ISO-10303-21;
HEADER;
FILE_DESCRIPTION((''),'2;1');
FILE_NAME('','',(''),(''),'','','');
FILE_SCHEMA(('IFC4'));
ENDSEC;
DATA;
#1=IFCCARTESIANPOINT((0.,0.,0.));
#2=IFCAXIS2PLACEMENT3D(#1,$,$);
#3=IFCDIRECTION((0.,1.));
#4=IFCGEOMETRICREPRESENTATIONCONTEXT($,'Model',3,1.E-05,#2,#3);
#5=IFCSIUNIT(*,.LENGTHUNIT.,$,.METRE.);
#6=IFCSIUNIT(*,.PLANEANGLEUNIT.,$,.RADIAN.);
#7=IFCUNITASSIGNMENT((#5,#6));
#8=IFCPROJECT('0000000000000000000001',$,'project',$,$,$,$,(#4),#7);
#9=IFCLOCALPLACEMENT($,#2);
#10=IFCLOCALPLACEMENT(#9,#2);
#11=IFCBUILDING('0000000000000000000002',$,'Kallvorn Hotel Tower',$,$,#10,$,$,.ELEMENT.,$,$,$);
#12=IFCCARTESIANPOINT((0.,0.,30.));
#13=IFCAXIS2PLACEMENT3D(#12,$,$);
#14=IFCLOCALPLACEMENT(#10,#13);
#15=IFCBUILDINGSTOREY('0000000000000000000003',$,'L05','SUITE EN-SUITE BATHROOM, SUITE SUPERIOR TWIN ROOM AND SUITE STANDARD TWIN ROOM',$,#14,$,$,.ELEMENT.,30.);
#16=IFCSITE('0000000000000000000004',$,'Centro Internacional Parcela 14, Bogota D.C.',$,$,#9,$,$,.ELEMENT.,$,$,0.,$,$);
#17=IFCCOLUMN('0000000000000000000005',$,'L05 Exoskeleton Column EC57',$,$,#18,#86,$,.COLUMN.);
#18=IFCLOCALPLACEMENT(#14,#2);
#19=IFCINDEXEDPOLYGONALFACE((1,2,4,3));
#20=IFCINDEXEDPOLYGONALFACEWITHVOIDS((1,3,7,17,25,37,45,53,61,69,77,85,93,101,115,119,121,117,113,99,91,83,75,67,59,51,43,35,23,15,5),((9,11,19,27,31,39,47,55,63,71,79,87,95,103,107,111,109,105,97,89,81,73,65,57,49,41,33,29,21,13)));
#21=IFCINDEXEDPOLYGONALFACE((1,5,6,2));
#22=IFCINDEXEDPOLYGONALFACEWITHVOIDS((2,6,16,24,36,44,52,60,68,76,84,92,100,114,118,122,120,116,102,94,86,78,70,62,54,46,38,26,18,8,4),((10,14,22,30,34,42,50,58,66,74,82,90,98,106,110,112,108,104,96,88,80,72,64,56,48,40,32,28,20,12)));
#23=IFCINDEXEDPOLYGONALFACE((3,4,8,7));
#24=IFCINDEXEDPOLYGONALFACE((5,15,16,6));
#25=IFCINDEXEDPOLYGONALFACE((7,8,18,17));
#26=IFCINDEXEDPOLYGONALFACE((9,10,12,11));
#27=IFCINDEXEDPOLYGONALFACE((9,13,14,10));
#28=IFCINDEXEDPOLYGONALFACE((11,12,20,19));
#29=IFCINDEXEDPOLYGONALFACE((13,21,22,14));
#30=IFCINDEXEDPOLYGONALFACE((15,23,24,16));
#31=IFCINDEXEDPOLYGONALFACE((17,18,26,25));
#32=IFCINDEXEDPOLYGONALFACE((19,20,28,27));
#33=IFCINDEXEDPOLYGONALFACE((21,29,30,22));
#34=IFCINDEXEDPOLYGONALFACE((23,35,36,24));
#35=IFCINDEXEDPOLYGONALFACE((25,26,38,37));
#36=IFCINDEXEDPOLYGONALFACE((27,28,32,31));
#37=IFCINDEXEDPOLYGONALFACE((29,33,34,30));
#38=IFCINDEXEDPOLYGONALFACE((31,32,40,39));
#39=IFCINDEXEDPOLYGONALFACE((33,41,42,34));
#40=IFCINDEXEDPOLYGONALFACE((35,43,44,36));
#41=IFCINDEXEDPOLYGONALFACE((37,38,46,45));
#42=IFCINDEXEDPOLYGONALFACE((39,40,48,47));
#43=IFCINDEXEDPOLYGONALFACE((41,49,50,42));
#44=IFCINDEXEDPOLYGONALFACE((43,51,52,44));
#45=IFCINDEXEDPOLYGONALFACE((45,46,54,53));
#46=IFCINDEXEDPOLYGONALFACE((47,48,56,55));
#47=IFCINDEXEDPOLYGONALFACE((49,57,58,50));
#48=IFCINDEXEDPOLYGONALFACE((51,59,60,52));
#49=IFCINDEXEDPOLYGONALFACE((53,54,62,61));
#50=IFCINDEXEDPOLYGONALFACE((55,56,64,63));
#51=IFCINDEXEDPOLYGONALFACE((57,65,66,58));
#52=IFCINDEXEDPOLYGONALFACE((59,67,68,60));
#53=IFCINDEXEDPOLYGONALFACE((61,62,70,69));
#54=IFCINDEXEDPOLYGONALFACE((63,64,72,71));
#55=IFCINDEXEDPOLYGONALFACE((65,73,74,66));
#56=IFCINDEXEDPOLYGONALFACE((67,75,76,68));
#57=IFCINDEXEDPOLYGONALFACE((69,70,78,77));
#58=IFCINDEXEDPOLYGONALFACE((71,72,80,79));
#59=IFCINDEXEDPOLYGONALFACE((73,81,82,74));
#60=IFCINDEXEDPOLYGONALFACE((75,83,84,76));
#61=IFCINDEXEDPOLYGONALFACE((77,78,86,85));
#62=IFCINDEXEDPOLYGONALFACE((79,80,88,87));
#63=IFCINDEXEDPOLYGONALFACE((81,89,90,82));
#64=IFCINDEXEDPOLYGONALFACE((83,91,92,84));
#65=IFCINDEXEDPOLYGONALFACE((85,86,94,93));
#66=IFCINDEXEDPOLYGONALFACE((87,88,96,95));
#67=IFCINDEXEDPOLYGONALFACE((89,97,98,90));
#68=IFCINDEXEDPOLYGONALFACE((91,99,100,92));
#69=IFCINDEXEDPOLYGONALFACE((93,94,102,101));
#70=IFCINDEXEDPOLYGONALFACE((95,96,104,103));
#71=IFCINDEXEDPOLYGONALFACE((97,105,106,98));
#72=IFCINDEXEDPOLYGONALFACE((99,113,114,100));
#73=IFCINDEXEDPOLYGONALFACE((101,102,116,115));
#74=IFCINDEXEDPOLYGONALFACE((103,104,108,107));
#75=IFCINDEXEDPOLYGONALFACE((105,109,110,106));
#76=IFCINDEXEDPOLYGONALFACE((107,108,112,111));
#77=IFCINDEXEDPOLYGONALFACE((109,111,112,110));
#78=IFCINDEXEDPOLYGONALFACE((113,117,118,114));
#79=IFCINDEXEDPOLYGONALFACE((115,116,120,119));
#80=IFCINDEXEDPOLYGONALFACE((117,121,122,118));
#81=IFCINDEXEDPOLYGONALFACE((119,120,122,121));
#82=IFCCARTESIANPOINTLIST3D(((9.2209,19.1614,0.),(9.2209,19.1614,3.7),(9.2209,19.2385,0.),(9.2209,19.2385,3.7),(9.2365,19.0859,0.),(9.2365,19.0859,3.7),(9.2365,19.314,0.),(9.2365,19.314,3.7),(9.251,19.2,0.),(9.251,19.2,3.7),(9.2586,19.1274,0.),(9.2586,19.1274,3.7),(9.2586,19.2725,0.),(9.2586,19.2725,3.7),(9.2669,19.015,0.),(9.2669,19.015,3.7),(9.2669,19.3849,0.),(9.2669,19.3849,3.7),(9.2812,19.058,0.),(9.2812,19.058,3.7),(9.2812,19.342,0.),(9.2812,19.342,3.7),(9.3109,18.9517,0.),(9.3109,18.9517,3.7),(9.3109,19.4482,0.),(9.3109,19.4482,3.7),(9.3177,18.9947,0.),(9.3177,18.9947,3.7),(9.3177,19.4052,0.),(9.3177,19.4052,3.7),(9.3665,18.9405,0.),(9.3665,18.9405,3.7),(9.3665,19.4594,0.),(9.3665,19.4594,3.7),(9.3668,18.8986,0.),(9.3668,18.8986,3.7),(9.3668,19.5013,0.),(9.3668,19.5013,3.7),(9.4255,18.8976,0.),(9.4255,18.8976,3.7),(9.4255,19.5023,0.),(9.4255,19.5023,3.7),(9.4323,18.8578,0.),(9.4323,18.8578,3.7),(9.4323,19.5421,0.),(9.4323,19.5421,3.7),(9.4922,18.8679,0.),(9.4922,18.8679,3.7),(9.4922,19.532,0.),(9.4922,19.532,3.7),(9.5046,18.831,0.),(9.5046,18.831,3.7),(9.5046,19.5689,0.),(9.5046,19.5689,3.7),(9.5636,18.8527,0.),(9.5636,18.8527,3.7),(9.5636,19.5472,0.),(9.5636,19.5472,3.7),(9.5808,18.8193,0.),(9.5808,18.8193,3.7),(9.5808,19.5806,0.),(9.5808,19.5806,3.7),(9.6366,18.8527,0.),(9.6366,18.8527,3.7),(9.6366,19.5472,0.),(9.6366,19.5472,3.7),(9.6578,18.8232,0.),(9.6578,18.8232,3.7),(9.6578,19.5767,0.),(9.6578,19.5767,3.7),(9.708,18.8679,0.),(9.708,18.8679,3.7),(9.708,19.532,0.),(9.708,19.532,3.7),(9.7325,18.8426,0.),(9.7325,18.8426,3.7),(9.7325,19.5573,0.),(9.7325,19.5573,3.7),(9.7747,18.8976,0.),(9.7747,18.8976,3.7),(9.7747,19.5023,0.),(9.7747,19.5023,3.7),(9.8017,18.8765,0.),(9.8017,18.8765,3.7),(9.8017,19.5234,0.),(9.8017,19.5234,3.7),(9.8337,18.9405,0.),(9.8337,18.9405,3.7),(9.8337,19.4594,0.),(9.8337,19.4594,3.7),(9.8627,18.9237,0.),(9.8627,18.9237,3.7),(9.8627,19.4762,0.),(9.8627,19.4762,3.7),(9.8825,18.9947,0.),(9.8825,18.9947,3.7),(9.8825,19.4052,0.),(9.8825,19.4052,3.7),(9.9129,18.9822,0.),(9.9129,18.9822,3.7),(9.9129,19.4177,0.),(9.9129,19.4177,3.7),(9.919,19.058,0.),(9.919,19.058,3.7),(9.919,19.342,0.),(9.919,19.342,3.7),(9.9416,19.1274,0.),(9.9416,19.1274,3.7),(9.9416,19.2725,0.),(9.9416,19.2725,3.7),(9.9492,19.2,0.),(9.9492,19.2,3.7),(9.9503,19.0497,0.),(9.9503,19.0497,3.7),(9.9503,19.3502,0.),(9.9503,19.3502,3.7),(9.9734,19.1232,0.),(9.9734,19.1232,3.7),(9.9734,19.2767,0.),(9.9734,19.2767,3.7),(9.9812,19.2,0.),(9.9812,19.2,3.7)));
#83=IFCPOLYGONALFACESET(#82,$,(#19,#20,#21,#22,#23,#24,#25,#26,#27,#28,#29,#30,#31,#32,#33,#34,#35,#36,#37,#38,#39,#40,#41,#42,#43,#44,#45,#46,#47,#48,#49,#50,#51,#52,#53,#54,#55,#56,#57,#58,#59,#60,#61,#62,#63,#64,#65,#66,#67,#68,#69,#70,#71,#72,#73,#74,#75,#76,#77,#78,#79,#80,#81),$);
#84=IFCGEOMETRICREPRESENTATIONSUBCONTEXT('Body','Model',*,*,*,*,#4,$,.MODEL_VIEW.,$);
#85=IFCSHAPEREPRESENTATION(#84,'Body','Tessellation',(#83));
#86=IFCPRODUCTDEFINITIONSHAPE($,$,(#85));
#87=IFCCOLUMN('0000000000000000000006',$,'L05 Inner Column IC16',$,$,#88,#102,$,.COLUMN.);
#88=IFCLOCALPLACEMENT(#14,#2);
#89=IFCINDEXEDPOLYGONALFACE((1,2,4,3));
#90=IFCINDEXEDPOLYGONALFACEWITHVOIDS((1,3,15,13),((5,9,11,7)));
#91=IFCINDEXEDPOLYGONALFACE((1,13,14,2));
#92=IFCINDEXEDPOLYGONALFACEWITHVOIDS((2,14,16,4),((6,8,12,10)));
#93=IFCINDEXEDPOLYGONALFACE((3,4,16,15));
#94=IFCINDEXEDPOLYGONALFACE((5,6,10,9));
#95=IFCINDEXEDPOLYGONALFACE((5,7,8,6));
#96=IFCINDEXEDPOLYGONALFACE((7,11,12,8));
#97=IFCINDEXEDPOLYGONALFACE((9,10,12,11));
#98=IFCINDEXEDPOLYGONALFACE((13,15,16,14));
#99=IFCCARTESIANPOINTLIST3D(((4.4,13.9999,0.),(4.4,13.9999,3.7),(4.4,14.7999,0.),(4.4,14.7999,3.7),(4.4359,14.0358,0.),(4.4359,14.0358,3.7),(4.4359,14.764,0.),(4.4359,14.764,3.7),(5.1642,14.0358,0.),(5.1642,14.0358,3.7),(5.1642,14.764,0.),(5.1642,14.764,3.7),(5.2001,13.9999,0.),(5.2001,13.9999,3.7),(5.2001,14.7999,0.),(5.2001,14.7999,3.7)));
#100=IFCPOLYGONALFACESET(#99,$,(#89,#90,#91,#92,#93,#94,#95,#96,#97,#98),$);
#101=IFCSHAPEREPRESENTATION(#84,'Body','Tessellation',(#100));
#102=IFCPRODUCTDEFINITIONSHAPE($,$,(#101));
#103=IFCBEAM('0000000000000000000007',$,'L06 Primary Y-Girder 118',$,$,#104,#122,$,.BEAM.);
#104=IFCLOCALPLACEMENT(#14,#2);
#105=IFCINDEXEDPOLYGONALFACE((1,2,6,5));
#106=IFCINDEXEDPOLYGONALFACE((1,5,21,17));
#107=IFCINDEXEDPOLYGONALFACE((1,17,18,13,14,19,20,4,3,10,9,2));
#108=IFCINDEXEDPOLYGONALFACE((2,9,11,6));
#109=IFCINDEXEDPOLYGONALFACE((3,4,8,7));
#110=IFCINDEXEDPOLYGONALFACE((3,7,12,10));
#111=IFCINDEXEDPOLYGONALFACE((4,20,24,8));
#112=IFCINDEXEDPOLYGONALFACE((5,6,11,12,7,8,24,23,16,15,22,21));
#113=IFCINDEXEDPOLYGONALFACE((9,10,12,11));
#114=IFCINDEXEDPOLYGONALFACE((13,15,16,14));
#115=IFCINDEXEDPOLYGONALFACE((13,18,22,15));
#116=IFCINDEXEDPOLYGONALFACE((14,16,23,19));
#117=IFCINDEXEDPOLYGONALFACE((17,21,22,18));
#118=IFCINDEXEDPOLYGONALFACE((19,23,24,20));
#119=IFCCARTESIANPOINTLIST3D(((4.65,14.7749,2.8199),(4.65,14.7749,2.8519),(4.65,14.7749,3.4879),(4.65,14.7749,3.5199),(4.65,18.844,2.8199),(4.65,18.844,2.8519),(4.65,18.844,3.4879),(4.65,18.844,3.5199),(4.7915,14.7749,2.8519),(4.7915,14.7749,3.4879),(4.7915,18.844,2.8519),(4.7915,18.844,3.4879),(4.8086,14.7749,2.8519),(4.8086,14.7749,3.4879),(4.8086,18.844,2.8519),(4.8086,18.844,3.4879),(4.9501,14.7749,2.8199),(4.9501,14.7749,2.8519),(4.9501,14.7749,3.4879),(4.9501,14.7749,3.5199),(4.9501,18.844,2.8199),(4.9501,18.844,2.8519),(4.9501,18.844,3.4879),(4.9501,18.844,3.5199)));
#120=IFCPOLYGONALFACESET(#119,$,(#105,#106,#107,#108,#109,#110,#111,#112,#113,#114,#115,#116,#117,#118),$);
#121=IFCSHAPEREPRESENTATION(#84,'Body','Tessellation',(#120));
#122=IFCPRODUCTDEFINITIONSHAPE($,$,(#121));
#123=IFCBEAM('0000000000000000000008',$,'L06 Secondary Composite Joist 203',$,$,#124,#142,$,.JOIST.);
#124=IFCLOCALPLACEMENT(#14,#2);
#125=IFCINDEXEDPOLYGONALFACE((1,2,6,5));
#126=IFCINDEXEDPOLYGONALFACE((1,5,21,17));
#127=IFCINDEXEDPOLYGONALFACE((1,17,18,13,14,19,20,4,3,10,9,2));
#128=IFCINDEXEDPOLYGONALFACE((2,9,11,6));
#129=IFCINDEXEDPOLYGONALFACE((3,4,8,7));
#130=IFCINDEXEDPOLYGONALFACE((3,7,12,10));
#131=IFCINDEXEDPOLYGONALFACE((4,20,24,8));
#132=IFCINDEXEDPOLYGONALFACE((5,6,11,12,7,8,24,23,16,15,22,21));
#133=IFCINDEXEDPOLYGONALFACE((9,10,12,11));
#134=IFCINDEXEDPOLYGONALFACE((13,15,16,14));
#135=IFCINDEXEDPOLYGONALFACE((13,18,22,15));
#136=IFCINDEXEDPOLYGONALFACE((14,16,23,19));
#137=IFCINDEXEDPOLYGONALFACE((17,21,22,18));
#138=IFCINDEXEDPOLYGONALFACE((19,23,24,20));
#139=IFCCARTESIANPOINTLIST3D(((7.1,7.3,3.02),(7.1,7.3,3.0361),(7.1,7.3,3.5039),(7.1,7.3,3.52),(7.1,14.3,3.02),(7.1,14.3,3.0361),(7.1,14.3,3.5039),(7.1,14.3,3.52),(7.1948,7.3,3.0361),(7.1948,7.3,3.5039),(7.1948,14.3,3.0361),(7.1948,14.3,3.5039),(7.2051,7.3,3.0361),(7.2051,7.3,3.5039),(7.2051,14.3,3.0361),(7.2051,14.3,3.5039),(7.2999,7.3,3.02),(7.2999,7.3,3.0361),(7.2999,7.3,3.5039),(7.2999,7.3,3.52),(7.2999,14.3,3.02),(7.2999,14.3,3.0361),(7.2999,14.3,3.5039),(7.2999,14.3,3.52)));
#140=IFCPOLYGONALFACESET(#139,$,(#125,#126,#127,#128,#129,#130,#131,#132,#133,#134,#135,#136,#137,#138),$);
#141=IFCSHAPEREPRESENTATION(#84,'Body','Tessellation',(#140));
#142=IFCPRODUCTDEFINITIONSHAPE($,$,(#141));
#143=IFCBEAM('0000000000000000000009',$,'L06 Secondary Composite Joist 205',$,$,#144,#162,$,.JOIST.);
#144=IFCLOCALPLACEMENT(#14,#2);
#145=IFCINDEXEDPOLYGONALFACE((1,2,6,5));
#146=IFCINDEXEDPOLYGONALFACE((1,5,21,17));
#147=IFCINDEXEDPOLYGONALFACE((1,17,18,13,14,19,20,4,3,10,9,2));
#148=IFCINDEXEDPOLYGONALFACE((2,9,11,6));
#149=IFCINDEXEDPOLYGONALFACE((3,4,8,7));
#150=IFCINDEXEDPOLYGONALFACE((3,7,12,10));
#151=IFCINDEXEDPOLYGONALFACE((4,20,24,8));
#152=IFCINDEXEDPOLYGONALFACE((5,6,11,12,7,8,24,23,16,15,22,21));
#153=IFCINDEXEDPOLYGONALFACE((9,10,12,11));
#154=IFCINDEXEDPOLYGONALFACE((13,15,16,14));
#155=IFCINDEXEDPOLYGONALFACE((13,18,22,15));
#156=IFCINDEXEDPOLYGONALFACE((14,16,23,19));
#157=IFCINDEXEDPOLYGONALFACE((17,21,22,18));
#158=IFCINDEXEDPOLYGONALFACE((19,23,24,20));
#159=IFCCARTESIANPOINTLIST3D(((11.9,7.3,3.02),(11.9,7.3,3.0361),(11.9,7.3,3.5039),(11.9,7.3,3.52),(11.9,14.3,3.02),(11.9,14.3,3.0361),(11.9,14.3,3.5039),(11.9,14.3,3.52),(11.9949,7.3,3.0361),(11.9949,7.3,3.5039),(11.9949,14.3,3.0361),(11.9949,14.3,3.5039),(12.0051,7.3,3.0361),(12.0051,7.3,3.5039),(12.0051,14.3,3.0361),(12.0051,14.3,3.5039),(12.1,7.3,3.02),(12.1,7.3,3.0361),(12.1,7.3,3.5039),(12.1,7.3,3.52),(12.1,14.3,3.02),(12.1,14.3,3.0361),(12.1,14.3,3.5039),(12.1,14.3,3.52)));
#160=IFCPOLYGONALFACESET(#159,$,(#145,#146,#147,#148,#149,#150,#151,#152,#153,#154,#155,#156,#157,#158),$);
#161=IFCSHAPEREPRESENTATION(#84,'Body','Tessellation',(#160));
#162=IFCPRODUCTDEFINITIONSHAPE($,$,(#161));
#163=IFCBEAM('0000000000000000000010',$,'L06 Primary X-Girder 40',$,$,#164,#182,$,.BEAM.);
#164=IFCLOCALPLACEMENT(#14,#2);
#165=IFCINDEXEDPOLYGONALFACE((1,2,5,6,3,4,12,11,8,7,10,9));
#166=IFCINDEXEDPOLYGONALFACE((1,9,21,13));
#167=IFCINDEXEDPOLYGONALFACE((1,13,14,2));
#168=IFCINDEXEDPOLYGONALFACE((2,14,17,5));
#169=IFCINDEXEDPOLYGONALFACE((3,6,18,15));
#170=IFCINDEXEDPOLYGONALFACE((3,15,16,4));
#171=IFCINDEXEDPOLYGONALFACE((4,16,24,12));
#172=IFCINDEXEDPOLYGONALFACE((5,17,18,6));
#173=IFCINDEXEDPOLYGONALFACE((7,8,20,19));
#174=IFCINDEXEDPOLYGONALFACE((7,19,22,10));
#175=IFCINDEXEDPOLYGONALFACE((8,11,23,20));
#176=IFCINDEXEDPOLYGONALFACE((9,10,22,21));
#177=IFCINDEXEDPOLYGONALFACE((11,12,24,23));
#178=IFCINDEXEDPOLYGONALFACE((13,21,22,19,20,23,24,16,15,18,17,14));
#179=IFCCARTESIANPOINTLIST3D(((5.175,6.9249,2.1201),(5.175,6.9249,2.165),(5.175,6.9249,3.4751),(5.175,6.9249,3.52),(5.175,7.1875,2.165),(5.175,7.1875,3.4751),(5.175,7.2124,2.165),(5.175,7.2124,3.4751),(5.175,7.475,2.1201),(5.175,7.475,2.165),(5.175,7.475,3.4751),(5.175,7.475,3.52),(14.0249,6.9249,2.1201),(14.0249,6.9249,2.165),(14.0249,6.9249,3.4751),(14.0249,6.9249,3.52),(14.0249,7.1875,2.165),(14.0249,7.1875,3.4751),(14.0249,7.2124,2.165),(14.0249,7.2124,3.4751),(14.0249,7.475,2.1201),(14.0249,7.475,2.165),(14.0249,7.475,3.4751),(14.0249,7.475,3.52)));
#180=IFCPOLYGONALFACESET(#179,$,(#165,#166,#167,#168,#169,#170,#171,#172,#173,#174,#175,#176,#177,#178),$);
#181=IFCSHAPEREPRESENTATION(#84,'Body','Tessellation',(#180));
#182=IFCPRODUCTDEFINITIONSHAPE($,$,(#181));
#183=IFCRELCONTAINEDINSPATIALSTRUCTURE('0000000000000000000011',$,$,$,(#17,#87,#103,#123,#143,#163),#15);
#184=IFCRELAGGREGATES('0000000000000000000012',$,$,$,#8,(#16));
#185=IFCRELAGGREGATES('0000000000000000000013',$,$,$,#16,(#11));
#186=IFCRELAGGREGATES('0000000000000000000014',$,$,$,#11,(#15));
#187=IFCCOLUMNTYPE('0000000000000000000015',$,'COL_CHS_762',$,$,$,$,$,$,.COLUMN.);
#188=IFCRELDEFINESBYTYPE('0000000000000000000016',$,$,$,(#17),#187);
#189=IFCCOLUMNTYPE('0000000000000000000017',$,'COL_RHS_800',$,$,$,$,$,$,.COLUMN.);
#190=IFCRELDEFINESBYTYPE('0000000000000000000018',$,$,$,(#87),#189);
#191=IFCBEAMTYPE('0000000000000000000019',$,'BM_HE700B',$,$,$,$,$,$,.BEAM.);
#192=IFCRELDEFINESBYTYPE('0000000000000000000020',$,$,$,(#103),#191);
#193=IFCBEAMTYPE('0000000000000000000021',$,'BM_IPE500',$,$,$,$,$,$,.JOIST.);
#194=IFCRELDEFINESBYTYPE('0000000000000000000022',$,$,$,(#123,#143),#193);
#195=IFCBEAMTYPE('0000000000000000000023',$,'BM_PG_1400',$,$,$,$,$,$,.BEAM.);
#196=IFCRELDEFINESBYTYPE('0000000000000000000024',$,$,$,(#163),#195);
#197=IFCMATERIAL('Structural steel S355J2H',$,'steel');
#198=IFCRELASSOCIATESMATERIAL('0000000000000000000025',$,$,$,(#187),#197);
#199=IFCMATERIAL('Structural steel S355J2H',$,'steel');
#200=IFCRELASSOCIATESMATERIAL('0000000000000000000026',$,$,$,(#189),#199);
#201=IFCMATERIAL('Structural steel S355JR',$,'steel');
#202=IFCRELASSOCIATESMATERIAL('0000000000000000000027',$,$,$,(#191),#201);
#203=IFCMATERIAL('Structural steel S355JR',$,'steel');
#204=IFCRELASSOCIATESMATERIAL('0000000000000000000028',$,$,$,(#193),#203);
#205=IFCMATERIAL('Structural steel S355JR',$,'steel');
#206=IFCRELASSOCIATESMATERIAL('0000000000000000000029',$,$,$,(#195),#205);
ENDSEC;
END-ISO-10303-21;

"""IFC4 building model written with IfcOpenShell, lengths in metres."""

from ifc_helpers import new_model, si_unit, direction, frame, origin, origin_2d, place, context, subcontext, project, spatial, hollow_rectangle, hollow_circle, i_section, extrude, material, material_profile, profile_set, type_object, element, save


model = new_model("IFC4")

# Units and contexts
model_context = context("Model", 3, precision=1e-05, world=origin(), true_north=direction((0.0, 1.0)))
body_context = subcontext(model_context, "Body", "Model", "MODEL_VIEW")
ifc_project = project(units=[si_unit("LENGTHUNIT", "METRE"), si_unit("PLANEANGLEUNIT", "RADIAN")], contexts=[model_context])

# Site, building, storey
site_placement = place(None, origin())
site = spatial("IfcSite", under=ifc_project, at=site_placement, Name="Centro Internacional Parcela 14, Bogota D.C.", CompositionType="ELEMENT", RefElevation=0.0)
building_placement = place(site_placement, origin())
building = spatial("IfcBuilding", under=site, at=building_placement, Name="Kallvorn Hotel Tower", CompositionType="ELEMENT")
storey_placement = place(building_placement, frame((0.0, 0.0, 30.0)))
storey = spatial("IfcBuildingStorey", under=building, at=storey_placement, Name="L05", Description="SUITE EN-SUITE BATHROOM, SUITE SUPERIOR TWIN ROOM AND SUITE STANDARD TWIN ROOM", CompositionType="ELEMENT", Elevation=30.0)

# Columns
ifc_material_1 = material(Name="Structural steel S355J2H", Category="steel")
ifc_material_profile_1 = material_profile(ifc_material_1, hollow_circle(Radius=0.3811, WallThickness=0.032, at=origin_2d()), Name="CHS 762x32")
ifc_profile_set_1 = profile_set([ifc_material_profile_1], Name="Structural steel S355J2H")
column_type_1 = type_object("IfcColumnType", Name="COL_CHS_762", PredefinedType="COLUMN", material=ifc_profile_set_1)
for number, where, z_axis, x_axis, name in (
    (1, (9.6001, 19.2, 0.0), (0.0, 0.0, 1.0), (1.0, 0.0, 0.0), "L05 Exoskeleton Column EC57"),
):
    element("IfcColumn", number, at=place(storey_placement, frame(where, z_axis=z_axis, x_axis=x_axis)), inside=storey, type_object=column_type_1, Name=name, PredefinedType="COLUMN", context=body_context, shape_type="SweptSolid", body=[
        extrude(hollow_circle(Radius=0.3811, WallThickness=0.032, at=origin_2d()), origin(), (0.0, 0.0, 1.0), 3.7),
    ])
ifc_material_2 = material(Name="Structural steel S355J2H", Category="steel")
ifc_material_profile_2 = material_profile(ifc_material_2, hollow_rectangle(XDim=0.8, YDim=0.8, WallThickness=0.0359, at=origin_2d()), Name="RHS 800x800x36")
ifc_profile_set_2 = profile_set([ifc_material_profile_2], Name="Structural steel S355J2H")
column_type_2 = type_object("IfcColumnType", Name="COL_RHS_800", PredefinedType="COLUMN", material=ifc_profile_set_2)
column_placement = place(storey_placement, frame((4.8, 14.3999, 0.0), z_axis=(0.0, 0.0, 1.0), x_axis=(1.0, 0.0, 0.0)))
element("IfcColumn", 2, at=column_placement, inside=storey, type_object=column_type_2, Name="L05 Inner Column IC16", PredefinedType="COLUMN", context=body_context, shape_type="SweptSolid", body=[
    extrude(hollow_rectangle(XDim=0.8, YDim=0.8, WallThickness=0.0359, at=origin_2d()), origin(), (0.0, 0.0, 1.0), 3.7),
])

# Beams
ifc_material_3 = material(Name="Structural steel S355JR", Category="steel")
ifc_material_profile_3 = material_profile(ifc_material_3, i_section(OverallWidth=0.3, OverallDepth=0.7, WebThickness=0.0171, FlangeThickness=0.032, at=origin_2d()), Name="HE 700 B")
ifc_profile_set_3 = profile_set([ifc_material_profile_3], Name="Structural steel S355JR")
beam_type_1 = type_object("IfcBeamType", Name="BM_HE700B", PredefinedType="BEAM", material=ifc_profile_set_3)
beam_1_placement = place(storey_placement, frame((4.8, 14.7749, 3.1699), z_axis=(0.0, 1.0, 0.0), x_axis=(-1.0, 0.0, 0.0)))
element("IfcBeam", 3, at=beam_1_placement, inside=storey, type_object=beam_type_1, Name="L06 Primary Y-Girder 118", PredefinedType="BEAM", context=body_context, shape_type="SweptSolid", body=[
    extrude(i_section(OverallWidth=0.3, OverallDepth=0.7, WebThickness=0.0171, FlangeThickness=0.032, at=origin_2d()), origin(), (0.0, 0.0, 1.0), 4.0691),
])
ifc_material_4 = material(Name="Structural steel S355JR", Category="steel")
ifc_material_profile_4 = material_profile(ifc_material_4, i_section(OverallWidth=0.2, OverallDepth=0.5, WebThickness=0.0103, FlangeThickness=0.0161, at=origin_2d()), Name="IPE 500")
ifc_profile_set_4 = profile_set([ifc_material_profile_4], Name="Structural steel S355JR")
beam_type_2 = type_object("IfcBeamType", Name="BM_IPE500", PredefinedType="JOIST", material=ifc_profile_set_4)
for number, where, z_axis, x_axis, name in (
    (4, (7.2, 7.3, 3.27), (0.0, 1.0, 0.0), (-1.0, 0.0, 0.0), "L06 Secondary Composite Joist 203"),
    (5, (12.0, 7.3, 3.27), (0.0, 1.0, 0.0), (-1.0, 0.0, 0.0), "L06 Secondary Composite Joist 205"),
):
    element("IfcBeam", number, at=place(storey_placement, frame(where, z_axis=z_axis, x_axis=x_axis)), inside=storey, type_object=beam_type_2, Name=name, PredefinedType="JOIST", context=body_context, shape_type="SweptSolid", body=[
        extrude(i_section(OverallWidth=0.2, OverallDepth=0.5, WebThickness=0.0103, FlangeThickness=0.0161, at=origin_2d()), origin(), (0.0, 0.0, 1.0), 7.0),
    ])
ifc_material_5 = material(Name="Structural steel S355JR", Category="steel")
ifc_material_profile_5 = material_profile(ifc_material_5, i_section(OverallWidth=0.55, OverallDepth=1.3999, WebThickness=0.0249, FlangeThickness=0.0449, at=origin_2d()), Name="PG 1400x550x25x45")
ifc_profile_set_5 = profile_set([ifc_material_profile_5], Name="Structural steel S355JR")
beam_type_3 = type_object("IfcBeamType", Name="BM_PG_1400", PredefinedType="BEAM", material=ifc_profile_set_5)
beam_2_placement = place(storey_placement, frame((5.175, 7.2, 2.8201), z_axis=(1.0, 0.0, 0.0), x_axis=(0.0, 1.0, 0.0)))
element("IfcBeam", 6, at=beam_2_placement, inside=storey, type_object=beam_type_3, Name="L06 Primary X-Girder 40", PredefinedType="BEAM", context=body_context, shape_type="SweptSolid", body=[
    extrude(i_section(OverallWidth=0.55, OverallDepth=1.3999, WebThickness=0.0249, FlangeThickness=0.0449, at=origin_2d()), origin(), (0.0, 0.0, 1.0), 8.8499),
])

save(model, "model.ifc")
